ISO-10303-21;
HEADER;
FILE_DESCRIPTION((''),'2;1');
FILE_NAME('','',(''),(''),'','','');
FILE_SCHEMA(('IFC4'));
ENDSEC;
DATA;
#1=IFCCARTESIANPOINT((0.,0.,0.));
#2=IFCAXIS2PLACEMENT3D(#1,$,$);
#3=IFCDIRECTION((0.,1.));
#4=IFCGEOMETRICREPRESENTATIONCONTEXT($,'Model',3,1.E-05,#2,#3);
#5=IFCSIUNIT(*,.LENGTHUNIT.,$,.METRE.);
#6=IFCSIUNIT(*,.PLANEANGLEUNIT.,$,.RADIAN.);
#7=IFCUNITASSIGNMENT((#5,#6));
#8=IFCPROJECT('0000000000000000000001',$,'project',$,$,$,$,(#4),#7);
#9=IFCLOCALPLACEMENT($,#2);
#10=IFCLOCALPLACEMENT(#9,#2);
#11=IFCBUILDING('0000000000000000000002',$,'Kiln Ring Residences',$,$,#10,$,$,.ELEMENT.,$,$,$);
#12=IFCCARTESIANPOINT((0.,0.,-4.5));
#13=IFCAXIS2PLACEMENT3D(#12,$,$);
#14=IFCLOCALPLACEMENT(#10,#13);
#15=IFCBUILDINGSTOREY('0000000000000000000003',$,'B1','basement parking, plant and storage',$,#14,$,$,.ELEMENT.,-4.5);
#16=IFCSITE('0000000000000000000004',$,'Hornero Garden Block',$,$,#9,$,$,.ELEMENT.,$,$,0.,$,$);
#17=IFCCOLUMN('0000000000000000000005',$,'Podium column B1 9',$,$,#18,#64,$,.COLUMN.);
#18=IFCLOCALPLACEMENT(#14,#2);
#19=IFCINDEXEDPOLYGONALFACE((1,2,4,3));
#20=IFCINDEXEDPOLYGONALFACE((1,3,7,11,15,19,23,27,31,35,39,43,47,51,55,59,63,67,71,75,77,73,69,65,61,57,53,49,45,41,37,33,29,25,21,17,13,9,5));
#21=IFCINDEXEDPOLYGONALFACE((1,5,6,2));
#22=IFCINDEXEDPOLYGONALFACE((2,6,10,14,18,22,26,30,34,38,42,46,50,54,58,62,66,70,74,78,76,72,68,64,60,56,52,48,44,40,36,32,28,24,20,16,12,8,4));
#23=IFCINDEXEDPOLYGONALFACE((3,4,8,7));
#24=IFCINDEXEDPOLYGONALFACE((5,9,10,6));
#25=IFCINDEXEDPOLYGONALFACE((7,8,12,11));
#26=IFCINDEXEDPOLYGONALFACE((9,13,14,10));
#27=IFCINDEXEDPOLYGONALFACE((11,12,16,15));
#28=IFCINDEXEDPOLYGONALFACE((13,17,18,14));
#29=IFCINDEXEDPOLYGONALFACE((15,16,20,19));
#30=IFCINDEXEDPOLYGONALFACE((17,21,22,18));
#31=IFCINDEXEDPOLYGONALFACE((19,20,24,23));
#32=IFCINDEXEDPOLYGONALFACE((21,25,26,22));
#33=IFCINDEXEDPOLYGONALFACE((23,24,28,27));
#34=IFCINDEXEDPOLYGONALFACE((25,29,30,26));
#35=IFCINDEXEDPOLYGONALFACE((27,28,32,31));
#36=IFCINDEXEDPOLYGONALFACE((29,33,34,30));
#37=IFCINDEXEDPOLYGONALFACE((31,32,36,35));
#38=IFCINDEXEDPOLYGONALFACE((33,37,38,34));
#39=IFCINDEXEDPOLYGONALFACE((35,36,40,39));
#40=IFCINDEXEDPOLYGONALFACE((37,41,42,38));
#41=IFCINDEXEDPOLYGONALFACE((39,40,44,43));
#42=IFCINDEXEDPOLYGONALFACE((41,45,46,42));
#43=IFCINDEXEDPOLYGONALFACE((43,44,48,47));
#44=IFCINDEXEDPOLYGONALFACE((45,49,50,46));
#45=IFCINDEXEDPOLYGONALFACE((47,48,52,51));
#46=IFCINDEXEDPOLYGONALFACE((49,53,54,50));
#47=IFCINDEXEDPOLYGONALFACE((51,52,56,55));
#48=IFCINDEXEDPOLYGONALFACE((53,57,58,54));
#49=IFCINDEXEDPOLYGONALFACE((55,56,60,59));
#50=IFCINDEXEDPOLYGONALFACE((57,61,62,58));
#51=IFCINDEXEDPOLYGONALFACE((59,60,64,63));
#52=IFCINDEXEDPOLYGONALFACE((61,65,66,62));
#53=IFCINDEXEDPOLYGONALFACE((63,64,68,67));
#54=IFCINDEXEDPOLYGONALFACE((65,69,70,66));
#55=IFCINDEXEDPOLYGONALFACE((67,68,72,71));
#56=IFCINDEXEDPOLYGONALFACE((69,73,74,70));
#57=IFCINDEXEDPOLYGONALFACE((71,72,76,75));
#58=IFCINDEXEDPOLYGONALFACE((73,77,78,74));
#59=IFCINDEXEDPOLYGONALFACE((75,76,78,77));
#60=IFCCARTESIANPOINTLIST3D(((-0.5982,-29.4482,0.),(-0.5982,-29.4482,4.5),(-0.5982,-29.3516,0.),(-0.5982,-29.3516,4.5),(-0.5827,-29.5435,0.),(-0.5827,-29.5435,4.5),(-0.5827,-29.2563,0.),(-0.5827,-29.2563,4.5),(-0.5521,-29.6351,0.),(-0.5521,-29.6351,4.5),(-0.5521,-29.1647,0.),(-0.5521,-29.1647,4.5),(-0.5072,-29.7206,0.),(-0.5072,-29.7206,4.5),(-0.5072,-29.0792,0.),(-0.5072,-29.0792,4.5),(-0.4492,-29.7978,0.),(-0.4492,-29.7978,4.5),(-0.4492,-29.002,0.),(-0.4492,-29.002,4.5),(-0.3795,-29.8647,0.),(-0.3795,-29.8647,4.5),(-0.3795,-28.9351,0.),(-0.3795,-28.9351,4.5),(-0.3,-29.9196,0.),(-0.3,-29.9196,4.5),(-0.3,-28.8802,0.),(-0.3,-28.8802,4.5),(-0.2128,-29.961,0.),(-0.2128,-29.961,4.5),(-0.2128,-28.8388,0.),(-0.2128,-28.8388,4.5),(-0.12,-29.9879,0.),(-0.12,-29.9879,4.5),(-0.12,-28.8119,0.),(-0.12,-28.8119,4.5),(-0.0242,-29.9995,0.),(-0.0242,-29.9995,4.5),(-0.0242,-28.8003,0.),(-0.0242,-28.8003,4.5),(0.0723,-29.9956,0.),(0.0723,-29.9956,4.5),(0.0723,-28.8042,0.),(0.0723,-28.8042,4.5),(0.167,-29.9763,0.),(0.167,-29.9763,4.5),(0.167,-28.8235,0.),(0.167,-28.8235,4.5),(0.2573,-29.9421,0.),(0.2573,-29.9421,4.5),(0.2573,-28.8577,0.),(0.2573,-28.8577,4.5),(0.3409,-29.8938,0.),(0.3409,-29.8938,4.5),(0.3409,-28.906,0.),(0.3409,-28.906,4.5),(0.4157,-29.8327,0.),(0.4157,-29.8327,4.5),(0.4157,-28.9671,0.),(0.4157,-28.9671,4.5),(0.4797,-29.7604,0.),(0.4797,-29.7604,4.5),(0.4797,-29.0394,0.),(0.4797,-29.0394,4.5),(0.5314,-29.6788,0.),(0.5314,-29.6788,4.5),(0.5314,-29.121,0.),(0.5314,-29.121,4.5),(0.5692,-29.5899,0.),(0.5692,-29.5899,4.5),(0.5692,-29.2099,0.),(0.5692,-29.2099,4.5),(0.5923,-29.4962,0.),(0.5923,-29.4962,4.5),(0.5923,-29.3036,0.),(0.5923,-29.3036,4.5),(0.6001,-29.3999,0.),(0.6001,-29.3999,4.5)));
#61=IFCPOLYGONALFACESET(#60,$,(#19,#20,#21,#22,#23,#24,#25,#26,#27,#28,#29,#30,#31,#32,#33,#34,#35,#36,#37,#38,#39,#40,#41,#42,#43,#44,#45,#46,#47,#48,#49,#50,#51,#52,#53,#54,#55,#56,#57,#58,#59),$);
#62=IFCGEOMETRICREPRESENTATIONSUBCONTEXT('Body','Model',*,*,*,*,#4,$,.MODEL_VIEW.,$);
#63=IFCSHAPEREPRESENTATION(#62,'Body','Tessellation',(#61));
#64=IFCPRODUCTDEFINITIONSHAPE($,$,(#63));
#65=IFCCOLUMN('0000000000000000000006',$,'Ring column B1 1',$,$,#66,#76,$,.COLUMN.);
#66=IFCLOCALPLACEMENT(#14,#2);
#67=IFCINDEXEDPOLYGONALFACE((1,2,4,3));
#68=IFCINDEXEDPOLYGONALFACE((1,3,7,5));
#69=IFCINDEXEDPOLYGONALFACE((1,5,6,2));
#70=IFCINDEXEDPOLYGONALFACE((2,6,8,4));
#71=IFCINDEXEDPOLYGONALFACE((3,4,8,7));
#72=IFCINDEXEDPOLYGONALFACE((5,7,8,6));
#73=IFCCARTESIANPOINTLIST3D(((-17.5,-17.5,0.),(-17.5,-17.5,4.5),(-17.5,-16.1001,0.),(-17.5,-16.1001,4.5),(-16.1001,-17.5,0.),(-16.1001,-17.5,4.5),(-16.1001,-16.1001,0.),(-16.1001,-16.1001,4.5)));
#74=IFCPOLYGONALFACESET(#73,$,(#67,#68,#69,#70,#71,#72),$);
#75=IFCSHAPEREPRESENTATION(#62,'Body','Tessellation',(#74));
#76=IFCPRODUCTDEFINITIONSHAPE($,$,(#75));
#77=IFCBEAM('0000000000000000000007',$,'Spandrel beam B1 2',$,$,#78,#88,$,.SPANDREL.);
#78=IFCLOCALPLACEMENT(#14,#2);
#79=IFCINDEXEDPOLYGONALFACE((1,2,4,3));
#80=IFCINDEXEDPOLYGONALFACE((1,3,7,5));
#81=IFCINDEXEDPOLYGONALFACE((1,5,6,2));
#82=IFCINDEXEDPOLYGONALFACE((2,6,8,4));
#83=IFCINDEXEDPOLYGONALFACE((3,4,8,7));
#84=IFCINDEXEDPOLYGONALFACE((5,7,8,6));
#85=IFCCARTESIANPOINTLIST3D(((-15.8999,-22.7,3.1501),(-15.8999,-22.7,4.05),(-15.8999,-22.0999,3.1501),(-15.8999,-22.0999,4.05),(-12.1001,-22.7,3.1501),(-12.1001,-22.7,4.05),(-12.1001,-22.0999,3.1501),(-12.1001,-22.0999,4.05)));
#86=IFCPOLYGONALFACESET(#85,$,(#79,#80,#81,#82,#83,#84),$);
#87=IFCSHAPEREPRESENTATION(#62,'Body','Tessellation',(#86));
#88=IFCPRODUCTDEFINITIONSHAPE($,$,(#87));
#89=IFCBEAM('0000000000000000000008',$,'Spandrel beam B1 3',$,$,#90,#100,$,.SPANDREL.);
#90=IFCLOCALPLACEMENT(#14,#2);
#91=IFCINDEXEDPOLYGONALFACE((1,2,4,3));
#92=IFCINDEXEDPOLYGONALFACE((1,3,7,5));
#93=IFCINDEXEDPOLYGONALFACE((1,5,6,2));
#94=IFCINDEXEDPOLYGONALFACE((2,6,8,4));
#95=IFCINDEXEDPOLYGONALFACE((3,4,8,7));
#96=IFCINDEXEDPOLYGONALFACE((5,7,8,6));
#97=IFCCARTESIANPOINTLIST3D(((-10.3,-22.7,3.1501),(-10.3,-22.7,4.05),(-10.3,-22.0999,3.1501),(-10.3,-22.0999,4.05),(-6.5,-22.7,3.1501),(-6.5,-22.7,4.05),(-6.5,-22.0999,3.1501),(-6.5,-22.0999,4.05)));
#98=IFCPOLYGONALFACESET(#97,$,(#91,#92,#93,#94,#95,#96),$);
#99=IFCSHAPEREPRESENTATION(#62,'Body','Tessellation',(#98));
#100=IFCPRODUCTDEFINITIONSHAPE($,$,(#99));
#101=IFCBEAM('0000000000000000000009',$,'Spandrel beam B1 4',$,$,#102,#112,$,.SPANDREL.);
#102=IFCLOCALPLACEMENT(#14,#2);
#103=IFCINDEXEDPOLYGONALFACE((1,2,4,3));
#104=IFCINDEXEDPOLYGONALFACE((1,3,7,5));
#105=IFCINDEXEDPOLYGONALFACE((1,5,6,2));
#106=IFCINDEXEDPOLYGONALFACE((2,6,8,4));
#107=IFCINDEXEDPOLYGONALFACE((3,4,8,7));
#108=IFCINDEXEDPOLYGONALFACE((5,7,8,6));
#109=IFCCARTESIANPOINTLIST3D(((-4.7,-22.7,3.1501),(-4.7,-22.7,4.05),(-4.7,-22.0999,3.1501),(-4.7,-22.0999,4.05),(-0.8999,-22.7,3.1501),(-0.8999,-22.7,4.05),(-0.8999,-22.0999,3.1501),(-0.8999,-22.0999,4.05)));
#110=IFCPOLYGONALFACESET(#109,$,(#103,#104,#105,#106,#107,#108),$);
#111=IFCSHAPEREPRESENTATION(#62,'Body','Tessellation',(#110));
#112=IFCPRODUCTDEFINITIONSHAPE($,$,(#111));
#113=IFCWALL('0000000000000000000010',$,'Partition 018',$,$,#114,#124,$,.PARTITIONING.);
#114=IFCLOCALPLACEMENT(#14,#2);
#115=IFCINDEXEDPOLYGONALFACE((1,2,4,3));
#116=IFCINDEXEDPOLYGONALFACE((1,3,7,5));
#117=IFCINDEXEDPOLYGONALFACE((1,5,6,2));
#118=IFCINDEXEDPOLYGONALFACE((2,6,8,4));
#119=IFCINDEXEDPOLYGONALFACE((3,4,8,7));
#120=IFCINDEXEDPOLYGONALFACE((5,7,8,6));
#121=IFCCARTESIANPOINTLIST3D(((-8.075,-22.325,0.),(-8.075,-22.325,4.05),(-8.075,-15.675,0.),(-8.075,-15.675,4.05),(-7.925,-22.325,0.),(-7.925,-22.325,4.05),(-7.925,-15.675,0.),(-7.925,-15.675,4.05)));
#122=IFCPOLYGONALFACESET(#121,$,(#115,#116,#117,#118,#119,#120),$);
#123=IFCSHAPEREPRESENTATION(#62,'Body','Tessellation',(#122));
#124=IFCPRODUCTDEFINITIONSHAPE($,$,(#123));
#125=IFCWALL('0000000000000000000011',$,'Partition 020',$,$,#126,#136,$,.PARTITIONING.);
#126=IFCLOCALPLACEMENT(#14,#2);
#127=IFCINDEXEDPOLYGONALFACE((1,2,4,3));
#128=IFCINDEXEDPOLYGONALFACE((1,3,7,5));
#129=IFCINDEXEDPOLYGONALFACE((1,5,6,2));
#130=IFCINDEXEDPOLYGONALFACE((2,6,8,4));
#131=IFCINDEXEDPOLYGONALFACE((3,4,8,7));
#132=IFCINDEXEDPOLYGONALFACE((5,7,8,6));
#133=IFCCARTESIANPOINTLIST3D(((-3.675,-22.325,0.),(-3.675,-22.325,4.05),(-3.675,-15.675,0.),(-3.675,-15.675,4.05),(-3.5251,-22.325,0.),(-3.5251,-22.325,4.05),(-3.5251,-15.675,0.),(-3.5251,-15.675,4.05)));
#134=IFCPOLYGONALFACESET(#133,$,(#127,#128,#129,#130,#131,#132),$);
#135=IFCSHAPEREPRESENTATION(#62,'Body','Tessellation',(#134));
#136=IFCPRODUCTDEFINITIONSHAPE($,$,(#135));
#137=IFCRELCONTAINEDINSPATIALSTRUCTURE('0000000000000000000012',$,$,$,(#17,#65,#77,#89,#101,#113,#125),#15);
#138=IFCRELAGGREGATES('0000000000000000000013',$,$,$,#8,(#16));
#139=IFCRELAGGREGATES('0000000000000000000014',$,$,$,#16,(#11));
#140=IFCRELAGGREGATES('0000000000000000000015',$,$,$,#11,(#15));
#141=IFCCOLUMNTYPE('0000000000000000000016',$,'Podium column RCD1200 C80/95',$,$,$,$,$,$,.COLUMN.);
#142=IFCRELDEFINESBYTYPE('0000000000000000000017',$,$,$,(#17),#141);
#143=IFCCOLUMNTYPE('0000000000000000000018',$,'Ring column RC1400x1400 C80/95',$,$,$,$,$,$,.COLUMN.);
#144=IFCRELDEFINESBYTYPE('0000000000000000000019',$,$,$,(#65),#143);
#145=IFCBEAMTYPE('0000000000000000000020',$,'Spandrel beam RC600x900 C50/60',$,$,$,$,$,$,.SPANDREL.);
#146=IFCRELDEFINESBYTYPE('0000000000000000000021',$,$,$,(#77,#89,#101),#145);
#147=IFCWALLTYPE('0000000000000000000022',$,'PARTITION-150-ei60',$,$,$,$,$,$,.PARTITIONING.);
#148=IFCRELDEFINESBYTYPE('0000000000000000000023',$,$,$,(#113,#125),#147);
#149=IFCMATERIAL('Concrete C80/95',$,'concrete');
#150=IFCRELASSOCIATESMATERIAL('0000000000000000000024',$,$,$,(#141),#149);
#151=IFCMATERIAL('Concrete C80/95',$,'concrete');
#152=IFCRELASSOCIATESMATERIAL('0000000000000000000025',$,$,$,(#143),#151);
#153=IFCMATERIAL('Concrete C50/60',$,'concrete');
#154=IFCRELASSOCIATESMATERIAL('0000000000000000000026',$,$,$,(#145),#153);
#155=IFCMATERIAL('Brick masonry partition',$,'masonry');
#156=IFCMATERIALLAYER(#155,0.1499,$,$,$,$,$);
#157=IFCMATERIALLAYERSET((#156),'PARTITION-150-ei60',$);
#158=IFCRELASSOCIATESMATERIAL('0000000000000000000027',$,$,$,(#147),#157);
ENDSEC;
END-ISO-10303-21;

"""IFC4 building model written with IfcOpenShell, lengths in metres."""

from ifc_helpers import new_model, si_unit, direction, frame, frame_2d, origin, origin_2d, place, context, subcontext, project, spatial, rectangle, circle, extrude, material, layer, layer_set, material_profile, profile_set, type_object, element, save


model = new_model("IFC4")

# Units and contexts
model_context = context("Model", 3, precision=1e-05, world=origin(), true_north=direction((0.0, 1.0)))
body_context = subcontext(model_context, "Body", "Model", "MODEL_VIEW")
ifc_project = project(units=[si_unit("LENGTHUNIT", "METRE"), si_unit("PLANEANGLEUNIT", "RADIAN")], contexts=[model_context])

# Site, building, storey
site_placement = place(None, origin())
site = spatial("IfcSite", under=ifc_project, at=site_placement, Name="Hornero Garden Block", CompositionType="ELEMENT", RefElevation=0.0)
building_placement = place(site_placement, origin())
building = spatial("IfcBuilding", under=site, at=building_placement, Name="Kiln Ring Residences", CompositionType="ELEMENT")
storey_placement = place(building_placement, frame((0.0, 0.0, -4.5)))
storey = spatial("IfcBuildingStorey", under=building, at=storey_placement, Name="B1", Description="basement parking, plant and storage", CompositionType="ELEMENT", Elevation=-4.5)

# Columns
ifc_material_1 = material(Name="Concrete C80/95", Category="concrete")
ifc_material_profile_1 = material_profile(ifc_material_1, circle(Radius=0.6001, at=origin_2d()), Name="RCD1200")
ifc_profile_set_1 = profile_set([ifc_material_profile_1], Name="Concrete C80/95")
column_type_1 = type_object("IfcColumnType", Name="Podium column RCD1200 C80/95", PredefinedType="COLUMN", material=ifc_profile_set_1)
for number, where, z_axis, x_axis, name in (
    (1, (0.0, -29.3999, 0.0), (0.0, 0.0, 1.0), (1.0, 0.0, 0.0), "Podium column B1 9"),
):
    element("IfcColumn", number, at=place(storey_placement, frame(where, z_axis=z_axis, x_axis=x_axis)), inside=storey, type_object=column_type_1, Name=name, PredefinedType="COLUMN", context=body_context, shape_type="SweptSolid", body=[
        extrude(circle(Radius=0.6001, at=origin_2d()), origin(), (0.0, 0.0, 1.0), 4.5),
    ])
ifc_material_2 = material(Name="Concrete C80/95", Category="concrete")
ifc_material_profile_2 = material_profile(ifc_material_2, rectangle(XDim=1.3999, YDim=1.3999, at=origin_2d()), Name="RC1400x1400")
ifc_profile_set_2 = profile_set([ifc_material_profile_2], Name="Concrete C80/95")
column_type_2 = type_object("IfcColumnType", Name="Ring column RC1400x1400 C80/95", PredefinedType="COLUMN", material=ifc_profile_set_2)
column_1_placement = place(storey_placement, frame((-16.8, -16.8, 0.0), z_axis=(0.0, 0.0, 1.0), x_axis=(1.0, 0.0, 0.0)))
element("IfcColumn", 2, at=column_1_placement, inside=storey, type_object=column_type_2, Name="Ring column B1 1", PredefinedType="COLUMN", context=body_context, shape_type="SweptSolid", body=[
    extrude(rectangle(XDim=1.3999, YDim=1.3999, at=origin_2d()), origin(), (0.0, 0.0, 1.0), 4.5),
])

# Beams
ifc_material_3 = material(Name="Concrete C50/60", Category="concrete")
ifc_material_profile_3 = material_profile(ifc_material_3, rectangle(XDim=0.6001, YDim=0.8999, at=origin_2d()), Name="RC600x900")
ifc_profile_set_3 = profile_set([ifc_material_profile_3], Name="Concrete C50/60")
beam_type = type_object("IfcBeamType", Name="Spandrel beam RC600x900 C50/60", PredefinedType="SPANDREL", material=ifc_profile_set_3)
beam_placement = place(storey_placement, frame((-15.8999, -22.3999, 3.6001), z_axis=(1.0, 0.0, 0.0), x_axis=(0.0, 1.0, 0.0)))
element("IfcBeam", 3, at=beam_placement, inside=storey, type_object=beam_type, Name="Spandrel beam B1 2", PredefinedType="SPANDREL", context=body_context, shape_type="SweptSolid", body=[
    extrude(rectangle(XDim=0.6001, YDim=0.8999, at=origin_2d()), origin(), (0.0, 0.0, 1.0), 3.7998),
])
for number, where, z_axis, x_axis, name in (
    (4, (-10.3, -22.3999, 3.6001), (1.0, 0.0, 0.0), (0.0, 1.0, 0.0), "Spandrel beam B1 3"),
    (5, (-4.7, -22.3999, 3.6001), (1.0, 0.0, 0.0), (0.0, 1.0, 0.0), "Spandrel beam B1 4"),
):
    element("IfcBeam", number, at=place(storey_placement, frame(where, z_axis=z_axis, x_axis=x_axis)), inside=storey, type_object=beam_type, Name=name, PredefinedType="SPANDREL", context=body_context, shape_type="SweptSolid", body=[
        extrude(rectangle(XDim=0.6001, YDim=0.8999, at=origin_2d()), origin(), (0.0, 0.0, 1.0), 3.8),
    ])

# Walls
ifc_material_4 = material(Name="Brick masonry partition", Category="masonry")
ifc_layer = layer(ifc_material_4, 0.1499)
ifc_layer_set = layer_set([ifc_layer], Name="PARTITION-150-ei60")
wall_type = type_object("IfcWallType", Name="PARTITION-150-ei60", PredefinedType="PARTITIONING", material=ifc_layer_set)
for number, where, z_axis, x_axis, name in (
    (6, (-8.0, -22.325, 0.0), (0.0, 0.0, 1.0), (0.0, 1.0, 0.0), "Partition 018"),
    (7, (-3.6001, -22.325, 0.0), (0.0, 0.0, 1.0), (0.0, 1.0, 0.0), "Partition 020"),
):
    element("IfcWall", number, at=place(storey_placement, frame(where, z_axis=z_axis, x_axis=x_axis)), inside=storey, type_object=wall_type, Name=name, PredefinedType="PARTITIONING", context=body_context, shape_type="SweptSolid", body=[
        extrude(rectangle(XDim=6.6499, YDim=0.1499, at=frame_2d((3.325, 0.0))), origin(), (0.0, 0.0, 1.0), 4.05),
    ])

save(model, "model.ifc")
